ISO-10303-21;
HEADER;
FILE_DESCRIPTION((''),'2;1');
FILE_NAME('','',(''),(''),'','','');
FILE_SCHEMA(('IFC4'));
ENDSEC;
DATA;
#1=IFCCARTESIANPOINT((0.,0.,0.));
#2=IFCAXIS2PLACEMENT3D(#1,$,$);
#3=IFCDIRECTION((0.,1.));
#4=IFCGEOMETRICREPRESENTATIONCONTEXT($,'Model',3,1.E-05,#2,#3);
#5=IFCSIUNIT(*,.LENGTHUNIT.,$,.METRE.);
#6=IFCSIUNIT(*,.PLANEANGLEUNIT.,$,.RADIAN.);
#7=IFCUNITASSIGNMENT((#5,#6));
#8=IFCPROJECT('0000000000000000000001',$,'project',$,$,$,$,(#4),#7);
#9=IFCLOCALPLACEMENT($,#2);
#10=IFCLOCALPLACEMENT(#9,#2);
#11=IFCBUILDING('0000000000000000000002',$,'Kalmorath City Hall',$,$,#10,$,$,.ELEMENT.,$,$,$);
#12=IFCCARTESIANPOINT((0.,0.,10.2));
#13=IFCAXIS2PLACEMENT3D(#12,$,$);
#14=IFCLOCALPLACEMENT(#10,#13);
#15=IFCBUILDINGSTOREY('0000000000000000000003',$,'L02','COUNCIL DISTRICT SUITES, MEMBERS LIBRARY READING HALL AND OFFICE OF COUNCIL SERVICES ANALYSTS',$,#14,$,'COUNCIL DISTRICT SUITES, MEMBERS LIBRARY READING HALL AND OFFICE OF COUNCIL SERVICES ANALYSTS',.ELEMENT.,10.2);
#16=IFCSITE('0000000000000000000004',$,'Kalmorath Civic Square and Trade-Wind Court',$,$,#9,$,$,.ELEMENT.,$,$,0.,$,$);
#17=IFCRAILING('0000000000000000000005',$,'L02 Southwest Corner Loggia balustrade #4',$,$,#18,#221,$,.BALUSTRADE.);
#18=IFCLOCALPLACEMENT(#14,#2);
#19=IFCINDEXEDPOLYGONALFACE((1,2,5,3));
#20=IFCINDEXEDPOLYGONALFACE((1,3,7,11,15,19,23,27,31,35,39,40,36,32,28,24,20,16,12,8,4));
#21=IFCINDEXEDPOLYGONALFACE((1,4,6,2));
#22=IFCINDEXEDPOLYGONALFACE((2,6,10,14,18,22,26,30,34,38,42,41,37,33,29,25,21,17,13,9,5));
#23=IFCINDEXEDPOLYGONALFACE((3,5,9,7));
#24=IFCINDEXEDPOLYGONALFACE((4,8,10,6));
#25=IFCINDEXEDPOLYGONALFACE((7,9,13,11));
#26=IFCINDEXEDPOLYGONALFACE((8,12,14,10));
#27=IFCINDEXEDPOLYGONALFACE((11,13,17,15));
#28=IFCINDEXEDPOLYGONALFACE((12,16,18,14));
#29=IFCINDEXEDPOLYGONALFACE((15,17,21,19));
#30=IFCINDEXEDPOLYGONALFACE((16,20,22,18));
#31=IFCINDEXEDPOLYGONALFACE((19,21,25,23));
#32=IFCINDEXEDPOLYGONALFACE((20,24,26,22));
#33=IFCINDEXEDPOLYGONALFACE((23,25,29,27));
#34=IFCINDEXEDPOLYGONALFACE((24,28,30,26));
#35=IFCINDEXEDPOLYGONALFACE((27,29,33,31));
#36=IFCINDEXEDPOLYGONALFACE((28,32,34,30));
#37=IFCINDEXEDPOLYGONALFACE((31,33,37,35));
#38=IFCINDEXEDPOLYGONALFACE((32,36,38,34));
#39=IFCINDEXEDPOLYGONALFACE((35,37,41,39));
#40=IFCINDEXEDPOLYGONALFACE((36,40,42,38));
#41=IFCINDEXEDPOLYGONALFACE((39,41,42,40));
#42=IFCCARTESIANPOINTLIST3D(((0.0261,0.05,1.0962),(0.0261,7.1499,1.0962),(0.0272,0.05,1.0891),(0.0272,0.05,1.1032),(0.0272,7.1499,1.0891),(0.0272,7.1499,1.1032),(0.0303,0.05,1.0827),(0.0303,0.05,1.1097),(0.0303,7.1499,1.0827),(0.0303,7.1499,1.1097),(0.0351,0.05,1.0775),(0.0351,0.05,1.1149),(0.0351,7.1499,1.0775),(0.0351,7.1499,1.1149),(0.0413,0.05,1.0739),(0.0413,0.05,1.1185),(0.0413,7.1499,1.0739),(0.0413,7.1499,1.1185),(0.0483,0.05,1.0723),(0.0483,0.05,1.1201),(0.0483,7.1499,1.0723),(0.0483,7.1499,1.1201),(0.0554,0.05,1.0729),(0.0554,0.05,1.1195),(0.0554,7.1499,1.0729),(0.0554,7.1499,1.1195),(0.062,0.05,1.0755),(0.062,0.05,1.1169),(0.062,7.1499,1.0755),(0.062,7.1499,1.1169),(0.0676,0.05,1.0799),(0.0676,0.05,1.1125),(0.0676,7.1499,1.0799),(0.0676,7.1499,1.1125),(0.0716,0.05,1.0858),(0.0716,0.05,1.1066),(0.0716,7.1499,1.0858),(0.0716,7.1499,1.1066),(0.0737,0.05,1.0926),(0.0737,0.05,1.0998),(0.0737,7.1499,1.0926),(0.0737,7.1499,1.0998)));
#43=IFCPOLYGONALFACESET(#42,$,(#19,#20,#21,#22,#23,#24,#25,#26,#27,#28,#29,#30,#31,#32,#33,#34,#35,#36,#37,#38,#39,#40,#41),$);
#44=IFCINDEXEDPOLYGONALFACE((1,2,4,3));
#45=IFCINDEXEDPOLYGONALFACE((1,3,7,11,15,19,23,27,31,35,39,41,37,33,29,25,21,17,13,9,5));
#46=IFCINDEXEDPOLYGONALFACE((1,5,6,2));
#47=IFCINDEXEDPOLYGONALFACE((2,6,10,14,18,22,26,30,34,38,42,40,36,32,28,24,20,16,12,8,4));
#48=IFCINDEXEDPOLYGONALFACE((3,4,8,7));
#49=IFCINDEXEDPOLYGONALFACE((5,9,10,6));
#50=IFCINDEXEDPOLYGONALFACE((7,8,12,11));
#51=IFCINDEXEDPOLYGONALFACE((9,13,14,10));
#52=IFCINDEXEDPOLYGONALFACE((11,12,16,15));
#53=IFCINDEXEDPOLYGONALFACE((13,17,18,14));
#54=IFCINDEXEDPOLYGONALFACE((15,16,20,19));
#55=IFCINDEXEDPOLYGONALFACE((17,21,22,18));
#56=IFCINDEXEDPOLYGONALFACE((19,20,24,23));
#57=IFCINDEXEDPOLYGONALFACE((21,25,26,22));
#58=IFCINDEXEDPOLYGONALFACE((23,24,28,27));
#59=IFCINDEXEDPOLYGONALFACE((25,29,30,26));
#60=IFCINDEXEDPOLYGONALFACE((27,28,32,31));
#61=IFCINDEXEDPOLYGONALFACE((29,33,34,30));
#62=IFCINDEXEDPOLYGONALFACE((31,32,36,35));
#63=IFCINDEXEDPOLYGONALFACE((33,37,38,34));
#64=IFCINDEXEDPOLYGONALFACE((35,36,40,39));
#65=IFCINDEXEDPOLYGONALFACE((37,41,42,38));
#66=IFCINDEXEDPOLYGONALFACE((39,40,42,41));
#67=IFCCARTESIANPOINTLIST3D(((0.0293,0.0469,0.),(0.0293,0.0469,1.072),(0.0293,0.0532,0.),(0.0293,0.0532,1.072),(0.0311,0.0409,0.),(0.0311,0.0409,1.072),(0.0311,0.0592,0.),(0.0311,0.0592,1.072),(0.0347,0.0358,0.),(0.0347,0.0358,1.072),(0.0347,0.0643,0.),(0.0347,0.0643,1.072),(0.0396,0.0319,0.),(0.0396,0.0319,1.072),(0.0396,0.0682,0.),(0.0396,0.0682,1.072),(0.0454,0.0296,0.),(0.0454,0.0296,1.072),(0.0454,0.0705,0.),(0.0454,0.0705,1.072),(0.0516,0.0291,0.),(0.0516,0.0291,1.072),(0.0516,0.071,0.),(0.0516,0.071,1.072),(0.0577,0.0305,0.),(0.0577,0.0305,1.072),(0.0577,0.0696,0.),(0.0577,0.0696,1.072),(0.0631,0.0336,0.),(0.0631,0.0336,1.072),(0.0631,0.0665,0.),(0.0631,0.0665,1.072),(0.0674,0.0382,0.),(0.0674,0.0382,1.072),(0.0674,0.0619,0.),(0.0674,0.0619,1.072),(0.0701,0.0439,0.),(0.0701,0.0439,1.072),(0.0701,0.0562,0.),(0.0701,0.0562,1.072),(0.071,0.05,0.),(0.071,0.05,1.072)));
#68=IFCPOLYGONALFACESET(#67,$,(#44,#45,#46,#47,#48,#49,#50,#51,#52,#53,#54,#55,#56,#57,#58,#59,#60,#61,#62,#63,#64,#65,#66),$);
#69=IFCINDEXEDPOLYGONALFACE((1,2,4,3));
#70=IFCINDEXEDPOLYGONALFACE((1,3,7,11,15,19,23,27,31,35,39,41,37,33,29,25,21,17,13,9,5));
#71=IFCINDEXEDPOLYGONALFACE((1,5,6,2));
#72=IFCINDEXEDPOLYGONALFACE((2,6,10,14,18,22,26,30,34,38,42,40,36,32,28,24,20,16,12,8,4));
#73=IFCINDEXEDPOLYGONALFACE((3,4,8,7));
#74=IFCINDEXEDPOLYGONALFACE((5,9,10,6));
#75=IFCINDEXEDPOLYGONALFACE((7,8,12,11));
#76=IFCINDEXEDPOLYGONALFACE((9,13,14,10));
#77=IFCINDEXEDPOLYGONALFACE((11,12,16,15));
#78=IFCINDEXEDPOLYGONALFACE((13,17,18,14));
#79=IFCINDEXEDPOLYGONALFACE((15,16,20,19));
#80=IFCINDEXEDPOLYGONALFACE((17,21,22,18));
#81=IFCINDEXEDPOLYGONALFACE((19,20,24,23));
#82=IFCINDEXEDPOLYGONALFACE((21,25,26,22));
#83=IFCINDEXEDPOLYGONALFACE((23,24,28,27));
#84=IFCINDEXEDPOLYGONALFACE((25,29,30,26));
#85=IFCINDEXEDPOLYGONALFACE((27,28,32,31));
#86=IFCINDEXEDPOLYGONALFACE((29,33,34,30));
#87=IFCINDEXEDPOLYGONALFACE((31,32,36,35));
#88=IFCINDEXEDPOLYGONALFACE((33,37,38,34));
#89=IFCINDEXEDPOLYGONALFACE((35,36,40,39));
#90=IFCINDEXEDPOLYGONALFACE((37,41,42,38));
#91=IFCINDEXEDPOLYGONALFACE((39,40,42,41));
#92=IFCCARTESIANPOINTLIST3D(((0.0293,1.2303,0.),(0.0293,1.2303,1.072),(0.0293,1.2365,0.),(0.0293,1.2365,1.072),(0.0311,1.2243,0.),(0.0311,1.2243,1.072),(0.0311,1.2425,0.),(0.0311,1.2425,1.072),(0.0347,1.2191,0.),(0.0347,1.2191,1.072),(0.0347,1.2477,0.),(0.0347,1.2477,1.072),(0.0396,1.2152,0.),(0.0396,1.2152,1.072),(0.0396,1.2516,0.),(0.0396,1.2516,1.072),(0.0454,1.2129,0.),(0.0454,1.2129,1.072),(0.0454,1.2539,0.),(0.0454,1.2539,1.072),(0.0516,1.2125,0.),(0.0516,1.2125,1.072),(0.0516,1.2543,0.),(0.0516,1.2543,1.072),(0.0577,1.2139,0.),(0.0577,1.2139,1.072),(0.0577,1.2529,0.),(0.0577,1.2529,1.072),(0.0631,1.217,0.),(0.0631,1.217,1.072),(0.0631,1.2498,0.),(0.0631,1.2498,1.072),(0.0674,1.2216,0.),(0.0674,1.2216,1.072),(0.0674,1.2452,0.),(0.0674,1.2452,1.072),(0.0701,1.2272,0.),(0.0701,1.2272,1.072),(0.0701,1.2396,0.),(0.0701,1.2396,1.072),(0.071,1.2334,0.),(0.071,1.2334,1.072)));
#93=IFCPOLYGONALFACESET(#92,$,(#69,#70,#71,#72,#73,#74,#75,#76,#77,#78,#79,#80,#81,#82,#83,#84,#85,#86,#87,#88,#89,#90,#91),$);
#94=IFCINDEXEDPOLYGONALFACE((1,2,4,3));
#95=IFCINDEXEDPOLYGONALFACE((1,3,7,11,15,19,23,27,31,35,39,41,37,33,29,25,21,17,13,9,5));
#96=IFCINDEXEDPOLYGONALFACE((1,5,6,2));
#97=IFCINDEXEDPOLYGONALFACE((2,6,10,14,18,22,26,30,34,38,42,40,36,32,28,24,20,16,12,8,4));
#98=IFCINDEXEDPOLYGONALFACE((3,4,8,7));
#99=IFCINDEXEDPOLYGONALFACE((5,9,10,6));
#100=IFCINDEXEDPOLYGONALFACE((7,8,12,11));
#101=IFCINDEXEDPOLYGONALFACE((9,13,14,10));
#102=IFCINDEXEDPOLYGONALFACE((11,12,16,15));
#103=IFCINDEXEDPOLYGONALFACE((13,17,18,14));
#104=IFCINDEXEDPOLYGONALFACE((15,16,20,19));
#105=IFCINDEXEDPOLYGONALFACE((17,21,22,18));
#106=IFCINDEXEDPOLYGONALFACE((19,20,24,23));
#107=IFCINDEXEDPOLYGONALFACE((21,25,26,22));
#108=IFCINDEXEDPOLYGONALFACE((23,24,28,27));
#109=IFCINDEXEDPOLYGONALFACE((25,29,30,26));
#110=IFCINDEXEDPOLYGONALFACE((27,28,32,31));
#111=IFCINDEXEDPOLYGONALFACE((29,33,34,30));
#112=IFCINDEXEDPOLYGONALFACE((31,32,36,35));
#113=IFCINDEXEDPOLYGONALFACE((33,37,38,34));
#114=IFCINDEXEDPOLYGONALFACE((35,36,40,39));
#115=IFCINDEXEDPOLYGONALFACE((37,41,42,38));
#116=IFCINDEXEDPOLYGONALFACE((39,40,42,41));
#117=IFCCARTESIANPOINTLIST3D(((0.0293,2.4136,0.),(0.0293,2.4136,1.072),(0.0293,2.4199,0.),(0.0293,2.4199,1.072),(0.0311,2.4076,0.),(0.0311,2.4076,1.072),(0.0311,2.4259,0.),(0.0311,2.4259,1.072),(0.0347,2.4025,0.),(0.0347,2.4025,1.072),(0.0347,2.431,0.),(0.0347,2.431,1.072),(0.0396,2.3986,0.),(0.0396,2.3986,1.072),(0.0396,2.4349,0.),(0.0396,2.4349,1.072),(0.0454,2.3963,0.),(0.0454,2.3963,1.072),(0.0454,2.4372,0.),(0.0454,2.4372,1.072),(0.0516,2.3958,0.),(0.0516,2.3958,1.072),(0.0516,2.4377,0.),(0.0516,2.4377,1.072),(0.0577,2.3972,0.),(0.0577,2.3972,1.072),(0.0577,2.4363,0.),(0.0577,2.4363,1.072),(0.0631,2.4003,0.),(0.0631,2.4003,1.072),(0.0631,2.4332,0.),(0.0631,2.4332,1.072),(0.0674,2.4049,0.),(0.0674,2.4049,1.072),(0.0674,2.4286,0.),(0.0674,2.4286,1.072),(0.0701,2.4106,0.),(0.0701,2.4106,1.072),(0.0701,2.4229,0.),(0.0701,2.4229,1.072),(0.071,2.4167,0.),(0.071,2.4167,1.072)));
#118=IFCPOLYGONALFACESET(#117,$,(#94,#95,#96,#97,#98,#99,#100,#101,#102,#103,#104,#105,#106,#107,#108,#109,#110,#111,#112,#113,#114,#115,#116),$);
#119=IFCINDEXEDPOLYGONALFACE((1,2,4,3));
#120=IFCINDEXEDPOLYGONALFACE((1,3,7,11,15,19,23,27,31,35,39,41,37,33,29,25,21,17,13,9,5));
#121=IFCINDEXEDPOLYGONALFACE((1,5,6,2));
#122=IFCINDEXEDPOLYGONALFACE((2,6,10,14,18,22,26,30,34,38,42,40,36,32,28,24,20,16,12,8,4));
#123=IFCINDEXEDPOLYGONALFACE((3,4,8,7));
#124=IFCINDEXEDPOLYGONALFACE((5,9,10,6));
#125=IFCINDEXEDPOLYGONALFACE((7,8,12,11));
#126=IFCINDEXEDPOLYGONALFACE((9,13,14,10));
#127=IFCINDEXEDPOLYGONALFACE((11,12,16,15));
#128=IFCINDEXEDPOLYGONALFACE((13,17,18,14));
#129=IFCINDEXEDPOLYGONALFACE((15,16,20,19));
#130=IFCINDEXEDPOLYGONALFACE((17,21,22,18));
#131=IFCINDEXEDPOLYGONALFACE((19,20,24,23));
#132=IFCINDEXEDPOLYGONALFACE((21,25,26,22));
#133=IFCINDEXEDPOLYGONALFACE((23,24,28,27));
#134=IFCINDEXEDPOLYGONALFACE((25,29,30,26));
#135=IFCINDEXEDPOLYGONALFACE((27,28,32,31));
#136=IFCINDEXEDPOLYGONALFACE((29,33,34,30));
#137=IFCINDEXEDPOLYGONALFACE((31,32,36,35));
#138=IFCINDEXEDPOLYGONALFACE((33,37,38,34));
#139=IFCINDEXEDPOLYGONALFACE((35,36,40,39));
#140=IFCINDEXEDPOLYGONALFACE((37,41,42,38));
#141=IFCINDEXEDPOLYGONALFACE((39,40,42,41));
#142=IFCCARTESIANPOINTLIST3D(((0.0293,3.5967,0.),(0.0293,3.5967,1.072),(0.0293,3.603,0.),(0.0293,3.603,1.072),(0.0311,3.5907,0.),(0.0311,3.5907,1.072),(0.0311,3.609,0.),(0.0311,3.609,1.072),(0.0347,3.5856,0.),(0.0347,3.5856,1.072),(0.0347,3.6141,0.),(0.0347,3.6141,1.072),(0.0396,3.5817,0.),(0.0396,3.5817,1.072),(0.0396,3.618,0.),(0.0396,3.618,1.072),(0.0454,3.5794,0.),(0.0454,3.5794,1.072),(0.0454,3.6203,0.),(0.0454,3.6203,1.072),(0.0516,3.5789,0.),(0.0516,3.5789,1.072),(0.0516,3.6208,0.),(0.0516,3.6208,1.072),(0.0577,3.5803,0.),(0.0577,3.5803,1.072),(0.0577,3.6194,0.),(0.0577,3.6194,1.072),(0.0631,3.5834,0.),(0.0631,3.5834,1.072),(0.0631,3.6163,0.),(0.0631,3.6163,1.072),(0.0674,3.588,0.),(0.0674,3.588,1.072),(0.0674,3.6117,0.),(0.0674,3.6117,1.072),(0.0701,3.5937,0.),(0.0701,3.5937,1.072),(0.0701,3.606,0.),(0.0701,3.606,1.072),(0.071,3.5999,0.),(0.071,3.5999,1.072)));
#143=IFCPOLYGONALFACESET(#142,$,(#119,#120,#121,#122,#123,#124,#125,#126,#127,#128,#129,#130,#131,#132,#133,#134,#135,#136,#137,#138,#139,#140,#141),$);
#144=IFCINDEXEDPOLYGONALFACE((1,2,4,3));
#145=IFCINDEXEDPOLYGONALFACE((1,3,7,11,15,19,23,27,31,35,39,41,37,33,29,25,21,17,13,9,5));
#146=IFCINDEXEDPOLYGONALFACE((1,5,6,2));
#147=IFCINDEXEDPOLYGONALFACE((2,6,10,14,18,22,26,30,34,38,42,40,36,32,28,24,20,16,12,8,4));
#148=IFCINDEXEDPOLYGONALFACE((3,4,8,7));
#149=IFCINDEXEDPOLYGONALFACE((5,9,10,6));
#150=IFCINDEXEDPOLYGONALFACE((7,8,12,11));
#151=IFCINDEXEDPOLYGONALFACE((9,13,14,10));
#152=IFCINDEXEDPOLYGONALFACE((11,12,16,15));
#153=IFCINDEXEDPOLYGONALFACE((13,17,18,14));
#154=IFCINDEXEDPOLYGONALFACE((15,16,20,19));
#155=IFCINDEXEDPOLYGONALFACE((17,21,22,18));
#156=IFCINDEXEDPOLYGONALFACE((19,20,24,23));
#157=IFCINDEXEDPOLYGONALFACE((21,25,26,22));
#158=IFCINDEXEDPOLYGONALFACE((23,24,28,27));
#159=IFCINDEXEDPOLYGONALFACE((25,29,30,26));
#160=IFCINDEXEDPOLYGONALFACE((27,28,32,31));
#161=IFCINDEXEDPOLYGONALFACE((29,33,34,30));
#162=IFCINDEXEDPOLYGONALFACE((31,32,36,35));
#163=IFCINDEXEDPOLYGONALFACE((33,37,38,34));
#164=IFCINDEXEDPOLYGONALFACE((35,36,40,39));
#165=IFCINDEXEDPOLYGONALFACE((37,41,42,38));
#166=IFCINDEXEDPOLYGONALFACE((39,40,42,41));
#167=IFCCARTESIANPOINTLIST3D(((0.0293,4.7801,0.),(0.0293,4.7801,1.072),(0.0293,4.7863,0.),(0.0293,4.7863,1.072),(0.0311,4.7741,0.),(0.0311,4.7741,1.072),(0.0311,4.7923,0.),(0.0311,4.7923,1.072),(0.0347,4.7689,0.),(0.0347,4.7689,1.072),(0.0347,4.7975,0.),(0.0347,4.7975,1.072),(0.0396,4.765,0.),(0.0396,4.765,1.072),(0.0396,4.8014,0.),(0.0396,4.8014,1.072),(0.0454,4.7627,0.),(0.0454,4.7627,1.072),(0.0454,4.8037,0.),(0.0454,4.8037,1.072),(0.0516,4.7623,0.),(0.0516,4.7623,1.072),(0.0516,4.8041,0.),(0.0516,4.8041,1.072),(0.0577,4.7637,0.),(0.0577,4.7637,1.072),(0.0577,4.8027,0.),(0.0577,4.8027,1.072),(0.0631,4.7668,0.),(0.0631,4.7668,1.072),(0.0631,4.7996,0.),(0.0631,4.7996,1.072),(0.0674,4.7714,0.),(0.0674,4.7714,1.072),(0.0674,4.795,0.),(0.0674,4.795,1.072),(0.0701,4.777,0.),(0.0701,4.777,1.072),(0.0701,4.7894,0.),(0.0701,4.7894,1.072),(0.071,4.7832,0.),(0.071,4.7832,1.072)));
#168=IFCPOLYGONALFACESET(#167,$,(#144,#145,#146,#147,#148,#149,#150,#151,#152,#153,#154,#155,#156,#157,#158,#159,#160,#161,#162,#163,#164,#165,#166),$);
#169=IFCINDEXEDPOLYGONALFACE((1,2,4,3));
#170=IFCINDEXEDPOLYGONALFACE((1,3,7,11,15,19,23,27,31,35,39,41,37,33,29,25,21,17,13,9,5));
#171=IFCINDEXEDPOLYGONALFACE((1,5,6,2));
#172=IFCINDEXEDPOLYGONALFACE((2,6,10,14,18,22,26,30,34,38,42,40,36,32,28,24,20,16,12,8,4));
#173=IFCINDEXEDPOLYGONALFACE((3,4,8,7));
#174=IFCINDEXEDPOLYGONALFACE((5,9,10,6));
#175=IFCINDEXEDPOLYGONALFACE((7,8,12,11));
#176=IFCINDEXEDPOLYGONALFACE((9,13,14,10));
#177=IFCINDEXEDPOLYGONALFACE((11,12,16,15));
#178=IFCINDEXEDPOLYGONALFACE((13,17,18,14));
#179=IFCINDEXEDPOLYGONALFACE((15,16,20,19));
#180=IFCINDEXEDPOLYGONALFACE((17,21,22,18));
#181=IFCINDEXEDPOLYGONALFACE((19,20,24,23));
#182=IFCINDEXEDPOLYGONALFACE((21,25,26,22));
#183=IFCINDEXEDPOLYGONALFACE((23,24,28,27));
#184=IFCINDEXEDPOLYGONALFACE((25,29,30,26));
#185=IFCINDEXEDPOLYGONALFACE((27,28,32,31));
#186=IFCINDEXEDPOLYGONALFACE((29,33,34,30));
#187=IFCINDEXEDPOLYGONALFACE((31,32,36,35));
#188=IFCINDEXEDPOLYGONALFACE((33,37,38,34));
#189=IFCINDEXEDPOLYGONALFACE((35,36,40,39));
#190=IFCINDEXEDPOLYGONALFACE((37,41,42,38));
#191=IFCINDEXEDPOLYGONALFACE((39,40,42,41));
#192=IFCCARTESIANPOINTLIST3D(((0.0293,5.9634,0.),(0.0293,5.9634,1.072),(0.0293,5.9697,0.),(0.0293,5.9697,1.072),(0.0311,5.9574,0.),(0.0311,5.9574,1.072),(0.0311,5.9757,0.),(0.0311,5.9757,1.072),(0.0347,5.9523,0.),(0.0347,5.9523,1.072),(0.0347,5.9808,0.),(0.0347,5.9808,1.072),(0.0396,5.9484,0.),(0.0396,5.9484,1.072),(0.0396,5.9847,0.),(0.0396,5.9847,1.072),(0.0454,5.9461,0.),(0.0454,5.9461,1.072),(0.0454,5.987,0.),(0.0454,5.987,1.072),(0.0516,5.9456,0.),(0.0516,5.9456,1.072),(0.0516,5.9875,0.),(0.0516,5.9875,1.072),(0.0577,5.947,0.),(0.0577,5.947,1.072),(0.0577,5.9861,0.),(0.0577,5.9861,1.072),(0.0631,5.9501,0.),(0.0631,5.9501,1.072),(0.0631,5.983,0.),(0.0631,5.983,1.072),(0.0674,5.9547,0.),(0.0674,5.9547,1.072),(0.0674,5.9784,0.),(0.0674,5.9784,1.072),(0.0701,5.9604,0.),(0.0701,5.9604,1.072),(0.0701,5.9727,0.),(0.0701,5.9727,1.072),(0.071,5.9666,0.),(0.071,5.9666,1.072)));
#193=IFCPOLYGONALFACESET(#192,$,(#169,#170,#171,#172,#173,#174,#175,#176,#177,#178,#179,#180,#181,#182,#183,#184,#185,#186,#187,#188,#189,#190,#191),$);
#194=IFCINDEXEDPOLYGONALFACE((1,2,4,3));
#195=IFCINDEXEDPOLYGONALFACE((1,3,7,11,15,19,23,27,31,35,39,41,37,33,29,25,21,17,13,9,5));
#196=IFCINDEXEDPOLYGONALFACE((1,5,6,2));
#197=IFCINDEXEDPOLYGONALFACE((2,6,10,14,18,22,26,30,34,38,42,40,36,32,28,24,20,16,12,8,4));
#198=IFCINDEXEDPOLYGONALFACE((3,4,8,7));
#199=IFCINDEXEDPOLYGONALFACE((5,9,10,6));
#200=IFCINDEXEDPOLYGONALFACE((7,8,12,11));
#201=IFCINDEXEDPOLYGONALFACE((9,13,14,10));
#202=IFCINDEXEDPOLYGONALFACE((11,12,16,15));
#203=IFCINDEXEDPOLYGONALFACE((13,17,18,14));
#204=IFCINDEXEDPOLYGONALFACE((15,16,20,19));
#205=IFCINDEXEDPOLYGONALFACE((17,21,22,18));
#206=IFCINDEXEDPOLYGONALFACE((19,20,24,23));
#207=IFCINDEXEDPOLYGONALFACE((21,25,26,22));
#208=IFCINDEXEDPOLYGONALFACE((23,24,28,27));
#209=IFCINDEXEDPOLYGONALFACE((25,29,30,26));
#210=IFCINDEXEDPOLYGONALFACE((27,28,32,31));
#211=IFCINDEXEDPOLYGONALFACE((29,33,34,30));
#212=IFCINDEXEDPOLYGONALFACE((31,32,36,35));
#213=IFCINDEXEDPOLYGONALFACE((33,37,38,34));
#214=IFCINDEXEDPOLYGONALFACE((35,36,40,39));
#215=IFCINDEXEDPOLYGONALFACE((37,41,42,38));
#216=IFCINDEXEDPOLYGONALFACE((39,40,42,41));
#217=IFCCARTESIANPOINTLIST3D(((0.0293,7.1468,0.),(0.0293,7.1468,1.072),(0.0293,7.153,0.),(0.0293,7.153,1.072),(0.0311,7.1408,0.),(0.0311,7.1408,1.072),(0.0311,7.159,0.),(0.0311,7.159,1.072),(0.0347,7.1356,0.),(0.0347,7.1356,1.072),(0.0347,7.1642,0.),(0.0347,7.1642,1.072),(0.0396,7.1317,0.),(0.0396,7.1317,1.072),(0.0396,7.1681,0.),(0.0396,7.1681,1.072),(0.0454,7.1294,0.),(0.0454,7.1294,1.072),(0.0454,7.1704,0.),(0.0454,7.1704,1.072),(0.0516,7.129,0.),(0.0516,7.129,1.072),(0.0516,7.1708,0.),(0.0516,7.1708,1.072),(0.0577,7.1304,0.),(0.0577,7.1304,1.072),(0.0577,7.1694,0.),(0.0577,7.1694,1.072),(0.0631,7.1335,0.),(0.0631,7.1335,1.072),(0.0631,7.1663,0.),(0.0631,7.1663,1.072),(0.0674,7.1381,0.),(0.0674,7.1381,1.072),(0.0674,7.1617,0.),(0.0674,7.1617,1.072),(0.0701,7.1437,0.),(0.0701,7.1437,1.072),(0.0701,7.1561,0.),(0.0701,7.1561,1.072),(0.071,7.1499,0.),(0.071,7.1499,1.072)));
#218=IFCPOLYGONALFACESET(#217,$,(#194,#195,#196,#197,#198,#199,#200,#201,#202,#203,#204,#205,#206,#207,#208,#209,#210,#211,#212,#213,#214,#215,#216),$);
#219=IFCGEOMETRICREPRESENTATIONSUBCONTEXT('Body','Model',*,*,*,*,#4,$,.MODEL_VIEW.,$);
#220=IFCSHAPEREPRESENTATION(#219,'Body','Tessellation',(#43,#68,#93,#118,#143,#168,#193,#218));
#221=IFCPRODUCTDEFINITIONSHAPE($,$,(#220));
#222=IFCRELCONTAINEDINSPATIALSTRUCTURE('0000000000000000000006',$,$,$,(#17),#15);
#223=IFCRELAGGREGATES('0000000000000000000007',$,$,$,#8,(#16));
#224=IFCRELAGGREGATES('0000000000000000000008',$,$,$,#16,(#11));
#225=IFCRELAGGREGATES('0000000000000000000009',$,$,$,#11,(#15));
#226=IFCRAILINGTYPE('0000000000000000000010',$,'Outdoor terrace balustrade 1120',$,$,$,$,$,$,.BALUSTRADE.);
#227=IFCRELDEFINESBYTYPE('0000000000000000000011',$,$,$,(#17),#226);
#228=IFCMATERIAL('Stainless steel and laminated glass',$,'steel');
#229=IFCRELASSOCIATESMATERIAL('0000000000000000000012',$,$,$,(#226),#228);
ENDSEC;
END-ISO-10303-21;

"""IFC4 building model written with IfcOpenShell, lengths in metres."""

from ifc_helpers import new_model, si_unit, direction, frame, origin, origin_2d, place, context, subcontext, project, spatial, circle, extrude, material, type_object, element, save


model = new_model("IFC4")

# Units and contexts
model_context = context("Model", 3, precision=1e-05, world=origin(), true_north=direction((0.0, 1.0)))
body_context = subcontext(model_context, "Body", "Model", "MODEL_VIEW")
ifc_project = project(units=[si_unit("LENGTHUNIT", "METRE"), si_unit("PLANEANGLEUNIT", "RADIAN")], contexts=[model_context])

# Site, building, storey
site_placement = place(None, origin())
site = spatial("IfcSite", under=ifc_project, at=site_placement, Name="Kalmorath Civic Square and Trade-Wind Court", CompositionType="ELEMENT", RefElevation=0.0)
building_placement = place(site_placement, origin())
building = spatial("IfcBuilding", under=site, at=building_placement, Name="Kalmorath City Hall", CompositionType="ELEMENT")
storey_placement = place(building_placement, frame((0.0, 0.0, 10.2)))
storey = spatial("IfcBuildingStorey", under=building, at=storey_placement, Name="L02", Description="COUNCIL DISTRICT SUITES, MEMBERS LIBRARY READING HALL AND OFFICE OF COUNCIL SERVICES ANALYSTS", LongName="COUNCIL DISTRICT SUITES, MEMBERS LIBRARY READING HALL AND OFFICE OF COUNCIL SERVICES ANALYSTS", CompositionType="ELEMENT", Elevation=10.2)

# Railing
ifc_material_1 = material(Name="Stainless steel and laminated glass", Category="steel")
railing_type = type_object("IfcRailingType", Name="Outdoor terrace balustrade 1120", PredefinedType="BALUSTRADE", material=ifc_material_1)
railing_1_placement = place(storey_placement, frame((0.05, 0.05, 0.0)))
element("IfcRailing", 1, at=railing_1_placement, inside=storey, type_object=railing_type, Name="L02 Southwest Corner Loggia balustrade #4", PredefinedType="BALUSTRADE", context=body_context, shape_type="SweptSolid", body=[
    extrude(circle(Radius=0.0239, at=origin_2d()), frame((0.0, 0.0, 1.0962), z_axis=(0.0, 1.0, 0.0), x_axis=(-1.0, 0.0, 0.0)), (0.0, 0.0, 1.0), 7.0999),
    extrude(circle(Radius=0.021, at=origin_2d()), origin(), (0.0, 0.0, 1.0), 1.072),
    extrude(circle(Radius=0.021, at=origin_2d()), frame((0.0, 1.1833, 0.0)), (0.0, 0.0, 1.0), 1.072),
    extrude(circle(Radius=0.021, at=origin_2d()), frame((0.0, 2.3667, 0.0)), (0.0, 0.0, 1.0), 1.072),
    extrude(circle(Radius=0.021, at=origin_2d()), frame((0.0, 3.5498, 0.0)), (0.0, 0.0, 1.0), 1.072),
    extrude(circle(Radius=0.021, at=origin_2d()), frame((0.0, 4.7332, 0.0)), (0.0, 0.0, 1.0), 1.072),
    extrude(circle(Radius=0.021, at=origin_2d()), frame((0.0, 5.9165, 0.0)), (0.0, 0.0, 1.0), 1.072),
    extrude(circle(Radius=0.021, at=origin_2d()), frame((0.0, 7.0999, 0.0)), (0.0, 0.0, 1.0), 1.072),
])

save(model, "model.ifc")
